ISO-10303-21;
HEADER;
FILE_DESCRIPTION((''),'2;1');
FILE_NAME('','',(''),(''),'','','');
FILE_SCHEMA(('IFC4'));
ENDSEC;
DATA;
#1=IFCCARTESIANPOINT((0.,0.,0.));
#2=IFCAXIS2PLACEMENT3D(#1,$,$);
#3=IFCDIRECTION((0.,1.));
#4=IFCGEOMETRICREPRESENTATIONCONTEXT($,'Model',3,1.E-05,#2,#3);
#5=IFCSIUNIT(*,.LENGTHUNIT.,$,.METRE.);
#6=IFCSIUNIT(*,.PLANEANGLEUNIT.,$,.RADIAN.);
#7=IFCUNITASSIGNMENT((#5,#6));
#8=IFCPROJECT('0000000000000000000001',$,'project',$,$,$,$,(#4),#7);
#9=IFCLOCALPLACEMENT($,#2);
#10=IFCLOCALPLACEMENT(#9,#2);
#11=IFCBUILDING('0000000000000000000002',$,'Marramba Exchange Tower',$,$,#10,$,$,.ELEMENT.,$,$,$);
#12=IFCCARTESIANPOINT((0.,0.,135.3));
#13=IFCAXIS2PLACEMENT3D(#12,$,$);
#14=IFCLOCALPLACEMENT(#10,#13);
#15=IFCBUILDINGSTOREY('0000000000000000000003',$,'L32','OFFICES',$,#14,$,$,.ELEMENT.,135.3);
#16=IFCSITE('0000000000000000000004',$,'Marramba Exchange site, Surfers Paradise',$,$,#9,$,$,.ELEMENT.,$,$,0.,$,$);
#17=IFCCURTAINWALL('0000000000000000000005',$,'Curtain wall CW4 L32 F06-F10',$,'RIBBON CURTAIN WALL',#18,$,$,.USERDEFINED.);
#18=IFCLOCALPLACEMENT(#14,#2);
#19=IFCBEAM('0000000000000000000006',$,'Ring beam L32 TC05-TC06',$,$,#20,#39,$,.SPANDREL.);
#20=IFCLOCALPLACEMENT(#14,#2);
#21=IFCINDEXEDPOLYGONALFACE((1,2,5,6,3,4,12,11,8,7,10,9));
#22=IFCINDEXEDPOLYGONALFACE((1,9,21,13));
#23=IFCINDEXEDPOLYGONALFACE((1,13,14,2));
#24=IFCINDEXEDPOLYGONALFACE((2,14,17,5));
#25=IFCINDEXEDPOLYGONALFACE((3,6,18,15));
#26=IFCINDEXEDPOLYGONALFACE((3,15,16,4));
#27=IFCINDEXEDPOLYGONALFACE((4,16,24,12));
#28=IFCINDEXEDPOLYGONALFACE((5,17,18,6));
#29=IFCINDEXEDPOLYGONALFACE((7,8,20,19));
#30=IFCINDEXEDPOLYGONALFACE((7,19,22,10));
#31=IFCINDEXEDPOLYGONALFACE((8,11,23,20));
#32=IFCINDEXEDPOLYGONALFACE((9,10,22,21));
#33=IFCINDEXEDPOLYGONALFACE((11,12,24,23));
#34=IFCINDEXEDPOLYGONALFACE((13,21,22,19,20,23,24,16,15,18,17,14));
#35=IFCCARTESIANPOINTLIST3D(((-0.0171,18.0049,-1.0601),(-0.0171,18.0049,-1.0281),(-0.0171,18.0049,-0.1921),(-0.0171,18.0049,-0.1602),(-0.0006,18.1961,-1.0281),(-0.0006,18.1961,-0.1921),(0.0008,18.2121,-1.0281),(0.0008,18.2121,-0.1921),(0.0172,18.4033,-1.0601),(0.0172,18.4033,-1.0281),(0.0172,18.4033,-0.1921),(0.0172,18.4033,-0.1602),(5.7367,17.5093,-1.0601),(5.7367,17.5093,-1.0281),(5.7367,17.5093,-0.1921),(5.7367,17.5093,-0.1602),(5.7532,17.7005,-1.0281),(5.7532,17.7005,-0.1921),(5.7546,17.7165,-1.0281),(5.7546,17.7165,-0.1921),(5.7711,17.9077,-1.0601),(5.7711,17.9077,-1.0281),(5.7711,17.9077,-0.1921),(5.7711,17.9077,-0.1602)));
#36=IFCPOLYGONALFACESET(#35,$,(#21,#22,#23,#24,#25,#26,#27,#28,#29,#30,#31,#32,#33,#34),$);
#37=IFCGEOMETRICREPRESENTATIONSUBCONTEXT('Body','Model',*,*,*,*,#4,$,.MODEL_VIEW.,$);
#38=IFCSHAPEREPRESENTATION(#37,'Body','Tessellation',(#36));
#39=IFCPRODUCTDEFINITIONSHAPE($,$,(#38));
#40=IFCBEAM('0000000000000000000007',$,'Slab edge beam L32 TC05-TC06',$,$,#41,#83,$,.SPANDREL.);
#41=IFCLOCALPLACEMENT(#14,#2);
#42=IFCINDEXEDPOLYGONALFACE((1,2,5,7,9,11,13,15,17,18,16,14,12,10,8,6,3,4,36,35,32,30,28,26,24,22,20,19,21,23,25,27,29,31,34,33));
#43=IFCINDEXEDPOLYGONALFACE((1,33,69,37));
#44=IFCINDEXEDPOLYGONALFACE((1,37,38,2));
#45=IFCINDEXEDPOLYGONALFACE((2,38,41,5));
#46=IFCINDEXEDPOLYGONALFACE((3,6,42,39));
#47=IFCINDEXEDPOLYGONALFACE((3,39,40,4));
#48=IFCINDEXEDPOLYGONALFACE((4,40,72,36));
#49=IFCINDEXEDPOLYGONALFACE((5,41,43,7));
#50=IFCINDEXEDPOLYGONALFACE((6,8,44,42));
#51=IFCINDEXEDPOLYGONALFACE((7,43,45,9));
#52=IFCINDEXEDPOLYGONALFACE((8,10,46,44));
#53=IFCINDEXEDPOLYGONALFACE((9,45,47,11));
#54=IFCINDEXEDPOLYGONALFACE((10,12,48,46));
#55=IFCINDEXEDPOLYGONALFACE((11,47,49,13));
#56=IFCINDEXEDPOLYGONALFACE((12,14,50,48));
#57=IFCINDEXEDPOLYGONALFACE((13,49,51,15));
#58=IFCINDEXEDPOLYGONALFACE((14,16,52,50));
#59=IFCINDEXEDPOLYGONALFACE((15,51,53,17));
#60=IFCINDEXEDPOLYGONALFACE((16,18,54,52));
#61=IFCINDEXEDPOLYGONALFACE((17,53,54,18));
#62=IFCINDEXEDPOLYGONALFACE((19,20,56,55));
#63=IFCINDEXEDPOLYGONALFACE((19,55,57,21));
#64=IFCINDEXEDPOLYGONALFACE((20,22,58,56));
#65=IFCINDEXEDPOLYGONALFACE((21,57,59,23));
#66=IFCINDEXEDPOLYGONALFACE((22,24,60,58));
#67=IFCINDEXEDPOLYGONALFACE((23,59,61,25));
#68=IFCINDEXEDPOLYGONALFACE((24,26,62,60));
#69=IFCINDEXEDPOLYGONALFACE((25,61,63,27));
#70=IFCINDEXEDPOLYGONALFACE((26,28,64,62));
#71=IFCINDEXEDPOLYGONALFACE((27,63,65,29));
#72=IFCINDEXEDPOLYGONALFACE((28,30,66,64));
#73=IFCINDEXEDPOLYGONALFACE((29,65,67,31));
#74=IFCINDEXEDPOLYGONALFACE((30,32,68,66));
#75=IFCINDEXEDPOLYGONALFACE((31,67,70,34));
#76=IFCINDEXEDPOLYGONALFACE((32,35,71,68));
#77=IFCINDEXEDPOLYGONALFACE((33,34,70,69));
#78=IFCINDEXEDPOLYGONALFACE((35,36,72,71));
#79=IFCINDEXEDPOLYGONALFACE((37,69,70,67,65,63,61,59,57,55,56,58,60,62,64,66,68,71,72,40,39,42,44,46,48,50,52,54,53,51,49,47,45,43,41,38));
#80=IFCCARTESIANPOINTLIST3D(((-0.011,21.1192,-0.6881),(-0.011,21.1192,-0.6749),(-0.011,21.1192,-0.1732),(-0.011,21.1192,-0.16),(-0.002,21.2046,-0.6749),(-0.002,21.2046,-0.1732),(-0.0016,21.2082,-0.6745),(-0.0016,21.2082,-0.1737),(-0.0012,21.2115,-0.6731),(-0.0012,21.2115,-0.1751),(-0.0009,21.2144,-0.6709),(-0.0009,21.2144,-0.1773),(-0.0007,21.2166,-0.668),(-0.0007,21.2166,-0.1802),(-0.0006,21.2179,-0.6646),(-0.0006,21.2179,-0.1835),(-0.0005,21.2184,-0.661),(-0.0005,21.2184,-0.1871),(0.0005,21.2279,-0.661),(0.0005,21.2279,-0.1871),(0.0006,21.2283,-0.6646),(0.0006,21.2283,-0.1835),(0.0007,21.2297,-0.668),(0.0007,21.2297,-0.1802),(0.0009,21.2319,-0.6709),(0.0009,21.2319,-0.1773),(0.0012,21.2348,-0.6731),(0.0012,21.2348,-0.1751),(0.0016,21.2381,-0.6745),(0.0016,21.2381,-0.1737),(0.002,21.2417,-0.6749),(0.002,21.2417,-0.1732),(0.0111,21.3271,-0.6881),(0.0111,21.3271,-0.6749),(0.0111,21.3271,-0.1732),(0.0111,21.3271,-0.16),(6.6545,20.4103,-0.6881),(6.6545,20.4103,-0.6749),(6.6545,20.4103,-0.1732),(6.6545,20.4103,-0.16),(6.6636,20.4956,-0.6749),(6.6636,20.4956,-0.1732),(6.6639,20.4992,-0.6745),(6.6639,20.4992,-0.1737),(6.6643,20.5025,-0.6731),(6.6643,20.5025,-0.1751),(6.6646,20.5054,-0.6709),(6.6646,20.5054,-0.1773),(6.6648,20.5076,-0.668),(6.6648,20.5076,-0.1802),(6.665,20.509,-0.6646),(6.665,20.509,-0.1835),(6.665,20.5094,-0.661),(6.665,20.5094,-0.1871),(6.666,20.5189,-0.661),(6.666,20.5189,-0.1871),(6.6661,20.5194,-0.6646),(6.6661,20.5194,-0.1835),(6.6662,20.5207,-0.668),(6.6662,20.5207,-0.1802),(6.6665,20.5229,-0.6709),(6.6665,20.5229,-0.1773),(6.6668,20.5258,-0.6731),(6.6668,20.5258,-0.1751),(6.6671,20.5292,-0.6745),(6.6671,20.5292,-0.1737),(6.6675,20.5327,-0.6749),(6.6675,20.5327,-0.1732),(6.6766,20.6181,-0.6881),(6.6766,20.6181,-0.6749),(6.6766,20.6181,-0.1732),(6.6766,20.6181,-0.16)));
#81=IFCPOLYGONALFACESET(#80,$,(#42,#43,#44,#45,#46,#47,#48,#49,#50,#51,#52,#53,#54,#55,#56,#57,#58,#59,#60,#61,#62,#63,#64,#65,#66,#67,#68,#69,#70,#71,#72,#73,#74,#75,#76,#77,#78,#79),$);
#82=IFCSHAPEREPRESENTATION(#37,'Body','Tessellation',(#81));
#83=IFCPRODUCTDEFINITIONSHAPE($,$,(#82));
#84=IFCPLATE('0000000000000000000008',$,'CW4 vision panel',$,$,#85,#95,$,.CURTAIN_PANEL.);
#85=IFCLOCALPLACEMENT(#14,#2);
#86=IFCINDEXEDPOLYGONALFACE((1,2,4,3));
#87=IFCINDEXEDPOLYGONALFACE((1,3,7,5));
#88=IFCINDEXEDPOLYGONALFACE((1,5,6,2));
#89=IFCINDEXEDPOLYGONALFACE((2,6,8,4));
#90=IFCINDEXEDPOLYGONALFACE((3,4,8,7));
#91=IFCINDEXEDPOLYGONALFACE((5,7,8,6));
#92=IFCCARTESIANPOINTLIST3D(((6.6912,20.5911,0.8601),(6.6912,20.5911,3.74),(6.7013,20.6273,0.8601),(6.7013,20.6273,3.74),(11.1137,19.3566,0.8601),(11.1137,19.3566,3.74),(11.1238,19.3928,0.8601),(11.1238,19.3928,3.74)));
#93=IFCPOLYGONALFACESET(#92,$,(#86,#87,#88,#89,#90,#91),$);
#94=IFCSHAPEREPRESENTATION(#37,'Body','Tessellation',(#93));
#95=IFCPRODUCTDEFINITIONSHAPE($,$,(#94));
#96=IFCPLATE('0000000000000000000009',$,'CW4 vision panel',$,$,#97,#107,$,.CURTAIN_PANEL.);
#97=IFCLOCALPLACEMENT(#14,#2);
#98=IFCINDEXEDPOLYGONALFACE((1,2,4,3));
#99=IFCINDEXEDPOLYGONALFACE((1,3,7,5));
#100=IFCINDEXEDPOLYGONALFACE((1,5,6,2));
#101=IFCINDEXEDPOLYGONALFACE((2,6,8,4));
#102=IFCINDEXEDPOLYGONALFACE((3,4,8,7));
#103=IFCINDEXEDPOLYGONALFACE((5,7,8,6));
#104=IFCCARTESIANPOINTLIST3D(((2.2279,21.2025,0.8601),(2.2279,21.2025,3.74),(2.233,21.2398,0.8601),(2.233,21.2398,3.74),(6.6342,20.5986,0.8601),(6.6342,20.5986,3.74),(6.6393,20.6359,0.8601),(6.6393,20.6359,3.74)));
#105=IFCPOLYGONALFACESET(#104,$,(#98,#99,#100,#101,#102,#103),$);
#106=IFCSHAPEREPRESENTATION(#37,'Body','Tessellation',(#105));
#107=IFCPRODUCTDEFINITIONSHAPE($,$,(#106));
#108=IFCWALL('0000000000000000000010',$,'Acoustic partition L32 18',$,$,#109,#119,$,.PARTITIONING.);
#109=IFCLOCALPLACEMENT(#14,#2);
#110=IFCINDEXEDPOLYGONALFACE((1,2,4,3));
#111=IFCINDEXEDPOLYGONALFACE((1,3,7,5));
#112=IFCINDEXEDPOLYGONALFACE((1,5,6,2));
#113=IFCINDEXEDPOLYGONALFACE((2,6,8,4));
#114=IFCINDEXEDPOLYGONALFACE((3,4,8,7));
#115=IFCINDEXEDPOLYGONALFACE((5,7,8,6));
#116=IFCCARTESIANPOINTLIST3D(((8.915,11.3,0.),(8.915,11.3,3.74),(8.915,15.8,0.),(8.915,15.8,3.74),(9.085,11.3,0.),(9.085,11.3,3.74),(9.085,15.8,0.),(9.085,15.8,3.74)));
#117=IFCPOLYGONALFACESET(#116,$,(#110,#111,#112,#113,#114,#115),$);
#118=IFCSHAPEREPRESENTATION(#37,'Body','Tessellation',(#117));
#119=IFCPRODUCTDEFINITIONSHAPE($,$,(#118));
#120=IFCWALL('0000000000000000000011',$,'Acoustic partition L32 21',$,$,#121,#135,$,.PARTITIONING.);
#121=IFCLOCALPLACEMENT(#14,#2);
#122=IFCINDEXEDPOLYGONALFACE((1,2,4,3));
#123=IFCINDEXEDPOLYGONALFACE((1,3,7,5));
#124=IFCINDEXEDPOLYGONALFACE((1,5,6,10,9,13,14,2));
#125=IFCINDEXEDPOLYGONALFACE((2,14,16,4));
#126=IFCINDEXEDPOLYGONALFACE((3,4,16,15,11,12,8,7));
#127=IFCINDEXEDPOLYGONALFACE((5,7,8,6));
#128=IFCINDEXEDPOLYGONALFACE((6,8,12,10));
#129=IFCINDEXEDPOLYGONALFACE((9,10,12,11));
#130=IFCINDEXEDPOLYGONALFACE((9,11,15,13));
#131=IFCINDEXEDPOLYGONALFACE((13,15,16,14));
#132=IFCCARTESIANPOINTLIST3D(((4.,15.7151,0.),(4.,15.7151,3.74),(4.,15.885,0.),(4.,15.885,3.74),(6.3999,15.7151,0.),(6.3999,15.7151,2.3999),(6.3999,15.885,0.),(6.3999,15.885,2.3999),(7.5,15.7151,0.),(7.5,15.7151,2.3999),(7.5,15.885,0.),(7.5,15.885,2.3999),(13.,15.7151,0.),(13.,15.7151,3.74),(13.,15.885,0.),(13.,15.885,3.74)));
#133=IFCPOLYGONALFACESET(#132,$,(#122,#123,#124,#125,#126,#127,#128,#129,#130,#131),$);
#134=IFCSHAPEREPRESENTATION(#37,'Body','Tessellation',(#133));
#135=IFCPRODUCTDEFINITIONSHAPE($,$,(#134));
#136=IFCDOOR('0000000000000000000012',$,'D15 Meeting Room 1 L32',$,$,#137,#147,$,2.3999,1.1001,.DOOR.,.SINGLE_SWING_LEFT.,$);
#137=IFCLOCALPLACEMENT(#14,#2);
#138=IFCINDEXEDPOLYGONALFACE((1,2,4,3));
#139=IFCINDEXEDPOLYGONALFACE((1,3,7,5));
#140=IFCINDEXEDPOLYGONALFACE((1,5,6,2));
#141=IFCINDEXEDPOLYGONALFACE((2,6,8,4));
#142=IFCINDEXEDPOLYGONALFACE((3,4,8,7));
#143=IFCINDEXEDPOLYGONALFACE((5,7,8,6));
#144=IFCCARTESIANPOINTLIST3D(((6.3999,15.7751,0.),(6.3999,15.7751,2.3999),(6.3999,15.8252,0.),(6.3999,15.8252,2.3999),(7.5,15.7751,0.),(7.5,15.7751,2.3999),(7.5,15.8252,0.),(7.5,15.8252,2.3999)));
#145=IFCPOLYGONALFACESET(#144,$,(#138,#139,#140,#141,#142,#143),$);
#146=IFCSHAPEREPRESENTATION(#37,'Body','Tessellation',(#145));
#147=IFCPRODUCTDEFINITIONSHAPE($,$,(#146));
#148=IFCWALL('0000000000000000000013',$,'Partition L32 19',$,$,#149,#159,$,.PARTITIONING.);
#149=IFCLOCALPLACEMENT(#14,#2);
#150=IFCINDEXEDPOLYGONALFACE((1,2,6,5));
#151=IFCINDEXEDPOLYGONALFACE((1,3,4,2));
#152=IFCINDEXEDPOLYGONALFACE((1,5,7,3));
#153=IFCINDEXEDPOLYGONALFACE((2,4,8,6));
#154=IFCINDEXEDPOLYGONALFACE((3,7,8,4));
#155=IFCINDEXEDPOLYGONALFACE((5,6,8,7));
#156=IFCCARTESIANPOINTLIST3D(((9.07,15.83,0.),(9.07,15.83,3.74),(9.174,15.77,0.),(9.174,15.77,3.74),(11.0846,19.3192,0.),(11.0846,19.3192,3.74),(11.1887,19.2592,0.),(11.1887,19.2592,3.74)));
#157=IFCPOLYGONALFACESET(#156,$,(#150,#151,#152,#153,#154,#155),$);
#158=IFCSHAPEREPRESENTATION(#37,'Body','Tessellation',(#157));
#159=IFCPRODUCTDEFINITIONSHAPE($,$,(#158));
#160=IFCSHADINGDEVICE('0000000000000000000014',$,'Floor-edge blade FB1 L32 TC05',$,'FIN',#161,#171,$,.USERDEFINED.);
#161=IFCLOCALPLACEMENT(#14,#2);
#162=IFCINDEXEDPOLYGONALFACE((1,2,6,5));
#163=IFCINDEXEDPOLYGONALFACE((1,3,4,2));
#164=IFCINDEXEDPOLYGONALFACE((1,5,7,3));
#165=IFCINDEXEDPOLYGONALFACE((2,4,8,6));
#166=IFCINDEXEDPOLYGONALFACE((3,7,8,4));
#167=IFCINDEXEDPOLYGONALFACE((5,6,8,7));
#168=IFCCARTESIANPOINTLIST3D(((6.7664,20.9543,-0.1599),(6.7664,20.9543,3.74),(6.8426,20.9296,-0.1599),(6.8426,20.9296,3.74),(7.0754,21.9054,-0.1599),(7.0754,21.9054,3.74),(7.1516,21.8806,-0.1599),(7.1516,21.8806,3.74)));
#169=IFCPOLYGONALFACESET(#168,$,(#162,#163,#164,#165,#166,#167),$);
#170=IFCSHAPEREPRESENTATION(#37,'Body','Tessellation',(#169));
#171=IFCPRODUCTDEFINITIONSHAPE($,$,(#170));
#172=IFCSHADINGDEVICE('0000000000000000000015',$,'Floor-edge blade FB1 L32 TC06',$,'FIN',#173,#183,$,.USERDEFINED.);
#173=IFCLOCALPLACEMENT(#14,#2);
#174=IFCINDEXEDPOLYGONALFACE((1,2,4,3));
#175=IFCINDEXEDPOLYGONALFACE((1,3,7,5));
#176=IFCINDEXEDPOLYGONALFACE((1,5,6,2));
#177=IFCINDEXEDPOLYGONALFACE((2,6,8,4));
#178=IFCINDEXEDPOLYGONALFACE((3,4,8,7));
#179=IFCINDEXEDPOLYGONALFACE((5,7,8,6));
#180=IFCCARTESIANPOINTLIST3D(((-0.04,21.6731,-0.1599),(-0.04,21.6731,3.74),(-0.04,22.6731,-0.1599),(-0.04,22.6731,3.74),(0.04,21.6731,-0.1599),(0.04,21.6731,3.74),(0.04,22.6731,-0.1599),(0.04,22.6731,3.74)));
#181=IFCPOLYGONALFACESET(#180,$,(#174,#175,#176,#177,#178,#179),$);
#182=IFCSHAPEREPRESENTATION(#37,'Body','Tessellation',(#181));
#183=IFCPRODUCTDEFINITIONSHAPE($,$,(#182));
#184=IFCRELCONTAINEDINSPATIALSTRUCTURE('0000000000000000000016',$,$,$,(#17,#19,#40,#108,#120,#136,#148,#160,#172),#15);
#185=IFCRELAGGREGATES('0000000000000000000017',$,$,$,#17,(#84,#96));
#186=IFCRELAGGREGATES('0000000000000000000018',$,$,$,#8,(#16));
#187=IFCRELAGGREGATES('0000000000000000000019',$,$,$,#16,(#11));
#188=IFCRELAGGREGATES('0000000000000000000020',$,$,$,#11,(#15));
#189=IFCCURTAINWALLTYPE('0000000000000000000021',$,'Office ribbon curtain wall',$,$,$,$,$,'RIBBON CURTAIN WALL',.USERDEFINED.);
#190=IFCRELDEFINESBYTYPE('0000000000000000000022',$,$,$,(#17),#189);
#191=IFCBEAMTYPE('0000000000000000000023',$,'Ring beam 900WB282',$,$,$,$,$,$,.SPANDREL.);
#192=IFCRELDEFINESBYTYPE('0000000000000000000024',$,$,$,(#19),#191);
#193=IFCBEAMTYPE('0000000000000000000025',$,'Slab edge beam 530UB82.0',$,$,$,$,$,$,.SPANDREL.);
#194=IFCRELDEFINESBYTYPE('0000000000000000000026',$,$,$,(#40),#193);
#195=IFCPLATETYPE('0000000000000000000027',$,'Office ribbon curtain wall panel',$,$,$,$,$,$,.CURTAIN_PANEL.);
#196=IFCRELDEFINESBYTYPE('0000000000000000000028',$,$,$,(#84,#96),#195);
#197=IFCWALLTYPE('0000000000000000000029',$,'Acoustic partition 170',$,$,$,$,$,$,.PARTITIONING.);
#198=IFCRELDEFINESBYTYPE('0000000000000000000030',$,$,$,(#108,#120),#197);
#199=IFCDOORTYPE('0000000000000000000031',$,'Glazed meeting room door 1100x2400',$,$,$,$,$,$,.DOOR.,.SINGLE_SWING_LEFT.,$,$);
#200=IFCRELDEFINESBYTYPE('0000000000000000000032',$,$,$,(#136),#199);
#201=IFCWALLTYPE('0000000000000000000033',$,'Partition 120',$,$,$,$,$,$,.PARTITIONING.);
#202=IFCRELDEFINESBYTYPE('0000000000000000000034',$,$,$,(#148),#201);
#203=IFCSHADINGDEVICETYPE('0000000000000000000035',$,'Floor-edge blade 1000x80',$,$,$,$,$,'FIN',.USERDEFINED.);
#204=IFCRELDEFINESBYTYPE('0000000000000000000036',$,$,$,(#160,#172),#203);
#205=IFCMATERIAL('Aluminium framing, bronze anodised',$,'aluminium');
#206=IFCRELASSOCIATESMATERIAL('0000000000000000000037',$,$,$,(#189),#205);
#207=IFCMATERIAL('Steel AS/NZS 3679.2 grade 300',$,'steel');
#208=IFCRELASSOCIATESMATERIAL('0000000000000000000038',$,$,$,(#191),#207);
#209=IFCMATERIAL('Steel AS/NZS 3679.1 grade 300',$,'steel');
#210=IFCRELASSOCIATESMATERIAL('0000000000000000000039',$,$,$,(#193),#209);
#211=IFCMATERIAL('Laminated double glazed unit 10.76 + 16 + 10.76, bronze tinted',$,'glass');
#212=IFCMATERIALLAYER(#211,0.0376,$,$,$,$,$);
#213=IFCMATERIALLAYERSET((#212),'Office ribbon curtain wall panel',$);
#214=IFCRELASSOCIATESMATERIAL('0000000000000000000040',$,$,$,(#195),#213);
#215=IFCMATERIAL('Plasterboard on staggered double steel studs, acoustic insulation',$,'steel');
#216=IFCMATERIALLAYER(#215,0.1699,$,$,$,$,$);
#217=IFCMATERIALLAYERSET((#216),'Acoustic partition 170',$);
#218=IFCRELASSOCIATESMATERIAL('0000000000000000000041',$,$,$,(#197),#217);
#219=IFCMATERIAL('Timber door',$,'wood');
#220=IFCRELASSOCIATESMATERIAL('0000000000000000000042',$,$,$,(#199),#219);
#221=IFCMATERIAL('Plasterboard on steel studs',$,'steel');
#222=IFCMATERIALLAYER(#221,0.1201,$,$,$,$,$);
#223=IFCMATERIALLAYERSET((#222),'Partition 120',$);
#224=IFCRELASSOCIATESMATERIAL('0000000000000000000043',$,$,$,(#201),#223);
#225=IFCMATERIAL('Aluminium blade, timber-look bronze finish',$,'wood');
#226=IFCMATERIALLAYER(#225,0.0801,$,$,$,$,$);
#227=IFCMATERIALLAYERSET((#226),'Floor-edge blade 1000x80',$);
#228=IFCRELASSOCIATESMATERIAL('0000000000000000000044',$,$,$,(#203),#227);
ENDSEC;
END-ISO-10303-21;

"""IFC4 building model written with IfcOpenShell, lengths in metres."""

from ifc_helpers import new_model, si_unit, direction, frame, frame_2d, origin, origin_2d, place, context, subcontext, project, spatial, rectangle, i_section, extrude, material, layer, layer_set, material_profile, profile_set, type_object, element, fill, aggregate, save


model = new_model("IFC4")

# Units and contexts
model_context = context("Model", 3, precision=1e-05, world=origin(), true_north=direction((0.0, 1.0)))
body_context = subcontext(model_context, "Body", "Model", "MODEL_VIEW")
ifc_project = project(units=[si_unit("LENGTHUNIT", "METRE"), si_unit("PLANEANGLEUNIT", "RADIAN")], contexts=[model_context])

# Site, building, storey
site_placement = place(None, origin())
site = spatial("IfcSite", under=ifc_project, at=site_placement, Name="Marramba Exchange site, Surfers Paradise", CompositionType="ELEMENT", RefElevation=0.0)
building_placement = place(site_placement, origin())
building = spatial("IfcBuilding", under=site, at=building_placement, Name="Marramba Exchange Tower", CompositionType="ELEMENT")
storey_placement = place(building_placement, frame((0.0, 0.0, 135.3)))
storey = spatial("IfcBuildingStorey", under=building, at=storey_placement, Name="L32", Description="OFFICES", CompositionType="ELEMENT", Elevation=135.3)

# Shared definitions
ifc_material_1 = material(Name="Steel AS/NZS 3679.2 grade 300", Category="steel")

# Curtain wall
ifc_material_2 = material(Name="Aluminium framing, bronze anodised", Category="aluminium")
curtain_wall_type = type_object("IfcCurtainWallType", Name="Office ribbon curtain wall", ElementType="RIBBON CURTAIN WALL", PredefinedType="USERDEFINED", material=ifc_material_2)
curtain_wall_placement = place(storey_placement, origin())
curtain_wall = element("IfcCurtainWall", 1, at=curtain_wall_placement, inside=storey, type_object=curtain_wall_type, Name="Curtain wall CW4 L32 F06-F10", ObjectType="RIBBON CURTAIN WALL", PredefinedType="USERDEFINED")

# Beams
ifc_material_profile_1 = material_profile(ifc_material_1, i_section(OverallWidth=0.3999, OverallDepth=0.8999, WebThickness=0.0161, FlangeThickness=0.032, at=origin_2d()), Name="900WB282")
ifc_profile_set_1 = profile_set([ifc_material_profile_1], Name="Steel AS/NZS 3679.2 grade 300")
beam_type_1 = type_object("IfcBeamType", Name="Ring beam 900WB282", PredefinedType="SPANDREL", material=ifc_profile_set_1)
beam_1_placement = place(storey_placement, frame((5.7539, 17.7085, -0.6101), z_axis=(-0.996311, 0.085816, 0.0), x_axis=(-0.085816, -0.996311, 0.0)))
element("IfcBeam", 2, at=beam_1_placement, inside=storey, type_object=beam_type_1, Name="Ring beam L32 TC05-TC06", PredefinedType="SPANDREL", context=body_context, shape_type="SweptSolid", body=[
    extrude(i_section(OverallWidth=0.3999, OverallDepth=0.8999, WebThickness=0.0161, FlangeThickness=0.032, at=origin_2d()), origin(), (0.0, 0.0, 1.0), 5.7751),
])
ifc_material_3 = material(Name="Steel AS/NZS 3679.1 grade 300", Category="steel")
ifc_material_profile_2 = material_profile(ifc_material_3, i_section(OverallWidth=0.209, OverallDepth=0.5281, WebThickness=0.0095, FlangeThickness=0.0132, FilletRadius=0.0139, at=origin_2d()), Name="530UB82.0")
ifc_profile_set_2 = profile_set([ifc_material_profile_2], Name="Steel AS/NZS 3679.1 grade 300")
beam_type_2 = type_object("IfcBeamType", Name="Slab edge beam 530UB82.0", PredefinedType="SPANDREL", material=ifc_profile_set_2)
beam_2_placement = place(storey_placement, frame((6.6655, 20.5142, -0.4241), z_axis=(-0.994391, 0.105769, 0.0), x_axis=(-0.105769, -0.994391, 0.0)))
element("IfcBeam", 3, at=beam_2_placement, inside=storey, type_object=beam_type_2, Name="Slab edge beam L32 TC05-TC06", PredefinedType="SPANDREL", context=body_context, shape_type="SweptSolid", body=[
    extrude(i_section(OverallWidth=0.209, OverallDepth=0.5281, WebThickness=0.0095, FlangeThickness=0.0132, FilletRadius=0.0139, at=origin_2d()), origin(), (0.0, 0.0, 1.0), 6.7031),
])

# Plates
ifc_material_4 = material(Name="Laminated double glazed unit 10.76 + 16 + 10.76, bronze tinted", Category="glass")
ifc_layer_1 = layer(ifc_material_4, 0.0376)
ifc_layer_set_1 = layer_set([ifc_layer_1], Name="Office ribbon curtain wall panel")
plate_type = type_object("IfcPlateType", Name="Office ribbon curtain wall panel", PredefinedType="CURTAIN_PANEL", material=ifc_layer_set_1)
plate_1_placement = place(storey_placement, frame((8.9075, 19.9919, 0.8601), z_axis=(0.0, 0.0, 1.0), x_axis=(-0.963178, 0.268865, 0.0)))
plate_1 = element("IfcPlate", 4, at=plate_1_placement, type_object=plate_type, Name="CW4 vision panel", PredefinedType="CURTAIN_PANEL", context=body_context, shape_type="SweptSolid", body=[
    extrude(rectangle(XDim=4.5916, YDim=0.0376, at=origin_2d()), origin(), (0.0, 0.0, 1.0), 2.8799),
])
plate_2_placement = place(storey_placement, frame((4.4336, 20.9192, 0.8601), z_axis=(0.0, 0.0, 1.0), x_axis=(-0.990738, 0.135786, 0.0)))
plate_2 = element("IfcPlate", 5, at=plate_2_placement, type_object=plate_type, Name="CW4 vision panel", PredefinedType="CURTAIN_PANEL", context=body_context, shape_type="SweptSolid", body=[
    extrude(rectangle(XDim=4.4475, YDim=0.0376, at=origin_2d()), origin(), (0.0, 0.0, 1.0), 2.8799),
])
aggregate(curtain_wall, [plate_1, plate_2])

# Wall
ifc_material_5 = material(Name="Plasterboard on staggered double steel studs, acoustic insulation", Category="steel")
ifc_layer_2 = layer(ifc_material_5, 0.1699)
ifc_layer_set_2 = layer_set([ifc_layer_2], Name="Acoustic partition 170")
wall_type_1 = type_object("IfcWallType", Name="Acoustic partition 170", PredefinedType="PARTITIONING", material=ifc_layer_set_2)
wall_1_placement = place(storey_placement, frame((9.0, 15.8, 0.0), z_axis=(0.0, 0.0, 1.0), x_axis=(0.0, -1.0, 0.0)))
element("IfcWall", 6, at=wall_1_placement, inside=storey, type_object=wall_type_1, Name="Acoustic partition L32 18", PredefinedType="PARTITIONING", context=body_context, shape_type="SweptSolid", body=[
    extrude(rectangle(XDim=4.5, YDim=0.1699, at=frame_2d((2.25, 0.0))), origin(), (0.0, 0.0, 1.0), 3.74),
])

# Wall, opening, door
wall_2_placement = place(storey_placement, frame((13.0, 15.8, 0.0), z_axis=(0.0, 0.0, 1.0), x_axis=(-1.0, 0.0, 0.0)))
wall_2 = element("IfcWall", 7, at=wall_2_placement, inside=storey, type_object=wall_type_1, Name="Acoustic partition L32 21", PredefinedType="PARTITIONING", context=body_context, shape_type="SweptSolid", body=[
    extrude(rectangle(XDim=9.0, YDim=0.1699, at=frame_2d((4.5, 0.0))), origin(), (0.0, 0.0, 1.0), 3.74),
])
opening_placement = place(wall_2_placement, frame((5.5, 0.0, 0.0)))
opening = element("IfcOpeningElement", 8, at=opening_placement, cuts=wall_2, PredefinedType="OPENING", context=body_context, shape_type="SweptSolid", body=[
    extrude(rectangle(XDim=1.1001, YDim=2.3999, at=frame_2d((0.55, 1.2))), frame((0.0, 0.095, 0.0), z_axis=(0.0, -1.0, 0.0), x_axis=(1.0, 0.0, 0.0)), (0.0, 0.0, 1.0), 0.1899),
])
ifc_material_6 = material(Name="Timber door", Category="wood")
door_type = type_object("IfcDoorType", Name="Glazed meeting room door 1100x2400", OperationType="SINGLE_SWING_LEFT", PredefinedType="DOOR", material=ifc_material_6)
door_placement = place(opening_placement, origin())
door = element("IfcDoor", 9, at=door_placement, inside=storey, type_object=door_type, Name="D15 Meeting Room 1 L32", OperationType="SINGLE_SWING_LEFT", OverallHeight=2.3999, OverallWidth=1.1001, PredefinedType="DOOR", context=body_context, shape_type="SweptSolid", body=[
    extrude(rectangle(XDim=1.1001, YDim=2.3999, at=frame_2d((0.55, 1.2))), frame((0.0, 0.0249, 0.0), z_axis=(0.0, -1.0, 0.0), x_axis=(1.0, 0.0, 0.0)), (0.0, 0.0, 1.0), 0.05),
])
fill(opening, door)

# Wall
ifc_material_7 = material(Name="Plasterboard on steel studs", Category="steel")
ifc_layer_3 = layer(ifc_material_7, 0.1201)
ifc_layer_set_3 = layer_set([ifc_layer_3], Name="Partition 120")
wall_type_2 = type_object("IfcWallType", Name="Partition 120", PredefinedType="PARTITIONING", material=ifc_layer_set_3)
wall_3_placement = place(storey_placement, frame((11.1367, 19.2893, 0.0), z_axis=(0.0, 0.0, 1.0), x_axis=(-0.500023, -0.866012, 0.0)))
element("IfcWall", 10, at=wall_3_placement, inside=storey, type_object=wall_type_2, Name="Partition L32 19", PredefinedType="PARTITIONING", context=body_context, shape_type="SweptSolid", body=[
    extrude(rectangle(XDim=4.0291, YDim=0.1201, at=frame_2d((2.0146, 0.0))), origin(), (0.0, 0.0, 1.0), 3.74),
])

# Shading devices
ifc_material_8 = material(Name="Aluminium blade, timber-look bronze finish", Category="wood")
ifc_layer_4 = layer(ifc_material_8, 0.0801)
ifc_layer_set_4 = layer_set([ifc_layer_4], Name="Floor-edge blade 1000x80")
shading_device_type_1 = type_object("IfcShadingDeviceType", Name="Floor-edge blade 1000x80", ElementType="FIN", PredefinedType="USERDEFINED", material=ifc_layer_set_4)
for number, where, z_axis, x_axis, name in (
    (11, (6.959, 21.4175, -0.1599), (0.0, 0.0, 1.0), (0.309017, 0.951057, 0.0), "Floor-edge blade FB1 L32 TC05"),
    (12, (0.0, 22.1731, -0.1599), (0.0, 0.0, 1.0), (0.0, 1.0, 0.0), "Floor-edge blade FB1 L32 TC06"),
):
    element("IfcShadingDevice", number, at=place(storey_placement, frame(where, z_axis=z_axis, x_axis=x_axis)), inside=storey, type_object=shading_device_type_1, Name=name, ObjectType="FIN", PredefinedType="USERDEFINED", context=body_context, shape_type="SweptSolid", body=[
        extrude(rectangle(XDim=1.0, YDim=0.0801, at=origin_2d()), origin(), (0.0, 0.0, 1.0), 3.8999),
    ])

save(model, "model.ifc")
